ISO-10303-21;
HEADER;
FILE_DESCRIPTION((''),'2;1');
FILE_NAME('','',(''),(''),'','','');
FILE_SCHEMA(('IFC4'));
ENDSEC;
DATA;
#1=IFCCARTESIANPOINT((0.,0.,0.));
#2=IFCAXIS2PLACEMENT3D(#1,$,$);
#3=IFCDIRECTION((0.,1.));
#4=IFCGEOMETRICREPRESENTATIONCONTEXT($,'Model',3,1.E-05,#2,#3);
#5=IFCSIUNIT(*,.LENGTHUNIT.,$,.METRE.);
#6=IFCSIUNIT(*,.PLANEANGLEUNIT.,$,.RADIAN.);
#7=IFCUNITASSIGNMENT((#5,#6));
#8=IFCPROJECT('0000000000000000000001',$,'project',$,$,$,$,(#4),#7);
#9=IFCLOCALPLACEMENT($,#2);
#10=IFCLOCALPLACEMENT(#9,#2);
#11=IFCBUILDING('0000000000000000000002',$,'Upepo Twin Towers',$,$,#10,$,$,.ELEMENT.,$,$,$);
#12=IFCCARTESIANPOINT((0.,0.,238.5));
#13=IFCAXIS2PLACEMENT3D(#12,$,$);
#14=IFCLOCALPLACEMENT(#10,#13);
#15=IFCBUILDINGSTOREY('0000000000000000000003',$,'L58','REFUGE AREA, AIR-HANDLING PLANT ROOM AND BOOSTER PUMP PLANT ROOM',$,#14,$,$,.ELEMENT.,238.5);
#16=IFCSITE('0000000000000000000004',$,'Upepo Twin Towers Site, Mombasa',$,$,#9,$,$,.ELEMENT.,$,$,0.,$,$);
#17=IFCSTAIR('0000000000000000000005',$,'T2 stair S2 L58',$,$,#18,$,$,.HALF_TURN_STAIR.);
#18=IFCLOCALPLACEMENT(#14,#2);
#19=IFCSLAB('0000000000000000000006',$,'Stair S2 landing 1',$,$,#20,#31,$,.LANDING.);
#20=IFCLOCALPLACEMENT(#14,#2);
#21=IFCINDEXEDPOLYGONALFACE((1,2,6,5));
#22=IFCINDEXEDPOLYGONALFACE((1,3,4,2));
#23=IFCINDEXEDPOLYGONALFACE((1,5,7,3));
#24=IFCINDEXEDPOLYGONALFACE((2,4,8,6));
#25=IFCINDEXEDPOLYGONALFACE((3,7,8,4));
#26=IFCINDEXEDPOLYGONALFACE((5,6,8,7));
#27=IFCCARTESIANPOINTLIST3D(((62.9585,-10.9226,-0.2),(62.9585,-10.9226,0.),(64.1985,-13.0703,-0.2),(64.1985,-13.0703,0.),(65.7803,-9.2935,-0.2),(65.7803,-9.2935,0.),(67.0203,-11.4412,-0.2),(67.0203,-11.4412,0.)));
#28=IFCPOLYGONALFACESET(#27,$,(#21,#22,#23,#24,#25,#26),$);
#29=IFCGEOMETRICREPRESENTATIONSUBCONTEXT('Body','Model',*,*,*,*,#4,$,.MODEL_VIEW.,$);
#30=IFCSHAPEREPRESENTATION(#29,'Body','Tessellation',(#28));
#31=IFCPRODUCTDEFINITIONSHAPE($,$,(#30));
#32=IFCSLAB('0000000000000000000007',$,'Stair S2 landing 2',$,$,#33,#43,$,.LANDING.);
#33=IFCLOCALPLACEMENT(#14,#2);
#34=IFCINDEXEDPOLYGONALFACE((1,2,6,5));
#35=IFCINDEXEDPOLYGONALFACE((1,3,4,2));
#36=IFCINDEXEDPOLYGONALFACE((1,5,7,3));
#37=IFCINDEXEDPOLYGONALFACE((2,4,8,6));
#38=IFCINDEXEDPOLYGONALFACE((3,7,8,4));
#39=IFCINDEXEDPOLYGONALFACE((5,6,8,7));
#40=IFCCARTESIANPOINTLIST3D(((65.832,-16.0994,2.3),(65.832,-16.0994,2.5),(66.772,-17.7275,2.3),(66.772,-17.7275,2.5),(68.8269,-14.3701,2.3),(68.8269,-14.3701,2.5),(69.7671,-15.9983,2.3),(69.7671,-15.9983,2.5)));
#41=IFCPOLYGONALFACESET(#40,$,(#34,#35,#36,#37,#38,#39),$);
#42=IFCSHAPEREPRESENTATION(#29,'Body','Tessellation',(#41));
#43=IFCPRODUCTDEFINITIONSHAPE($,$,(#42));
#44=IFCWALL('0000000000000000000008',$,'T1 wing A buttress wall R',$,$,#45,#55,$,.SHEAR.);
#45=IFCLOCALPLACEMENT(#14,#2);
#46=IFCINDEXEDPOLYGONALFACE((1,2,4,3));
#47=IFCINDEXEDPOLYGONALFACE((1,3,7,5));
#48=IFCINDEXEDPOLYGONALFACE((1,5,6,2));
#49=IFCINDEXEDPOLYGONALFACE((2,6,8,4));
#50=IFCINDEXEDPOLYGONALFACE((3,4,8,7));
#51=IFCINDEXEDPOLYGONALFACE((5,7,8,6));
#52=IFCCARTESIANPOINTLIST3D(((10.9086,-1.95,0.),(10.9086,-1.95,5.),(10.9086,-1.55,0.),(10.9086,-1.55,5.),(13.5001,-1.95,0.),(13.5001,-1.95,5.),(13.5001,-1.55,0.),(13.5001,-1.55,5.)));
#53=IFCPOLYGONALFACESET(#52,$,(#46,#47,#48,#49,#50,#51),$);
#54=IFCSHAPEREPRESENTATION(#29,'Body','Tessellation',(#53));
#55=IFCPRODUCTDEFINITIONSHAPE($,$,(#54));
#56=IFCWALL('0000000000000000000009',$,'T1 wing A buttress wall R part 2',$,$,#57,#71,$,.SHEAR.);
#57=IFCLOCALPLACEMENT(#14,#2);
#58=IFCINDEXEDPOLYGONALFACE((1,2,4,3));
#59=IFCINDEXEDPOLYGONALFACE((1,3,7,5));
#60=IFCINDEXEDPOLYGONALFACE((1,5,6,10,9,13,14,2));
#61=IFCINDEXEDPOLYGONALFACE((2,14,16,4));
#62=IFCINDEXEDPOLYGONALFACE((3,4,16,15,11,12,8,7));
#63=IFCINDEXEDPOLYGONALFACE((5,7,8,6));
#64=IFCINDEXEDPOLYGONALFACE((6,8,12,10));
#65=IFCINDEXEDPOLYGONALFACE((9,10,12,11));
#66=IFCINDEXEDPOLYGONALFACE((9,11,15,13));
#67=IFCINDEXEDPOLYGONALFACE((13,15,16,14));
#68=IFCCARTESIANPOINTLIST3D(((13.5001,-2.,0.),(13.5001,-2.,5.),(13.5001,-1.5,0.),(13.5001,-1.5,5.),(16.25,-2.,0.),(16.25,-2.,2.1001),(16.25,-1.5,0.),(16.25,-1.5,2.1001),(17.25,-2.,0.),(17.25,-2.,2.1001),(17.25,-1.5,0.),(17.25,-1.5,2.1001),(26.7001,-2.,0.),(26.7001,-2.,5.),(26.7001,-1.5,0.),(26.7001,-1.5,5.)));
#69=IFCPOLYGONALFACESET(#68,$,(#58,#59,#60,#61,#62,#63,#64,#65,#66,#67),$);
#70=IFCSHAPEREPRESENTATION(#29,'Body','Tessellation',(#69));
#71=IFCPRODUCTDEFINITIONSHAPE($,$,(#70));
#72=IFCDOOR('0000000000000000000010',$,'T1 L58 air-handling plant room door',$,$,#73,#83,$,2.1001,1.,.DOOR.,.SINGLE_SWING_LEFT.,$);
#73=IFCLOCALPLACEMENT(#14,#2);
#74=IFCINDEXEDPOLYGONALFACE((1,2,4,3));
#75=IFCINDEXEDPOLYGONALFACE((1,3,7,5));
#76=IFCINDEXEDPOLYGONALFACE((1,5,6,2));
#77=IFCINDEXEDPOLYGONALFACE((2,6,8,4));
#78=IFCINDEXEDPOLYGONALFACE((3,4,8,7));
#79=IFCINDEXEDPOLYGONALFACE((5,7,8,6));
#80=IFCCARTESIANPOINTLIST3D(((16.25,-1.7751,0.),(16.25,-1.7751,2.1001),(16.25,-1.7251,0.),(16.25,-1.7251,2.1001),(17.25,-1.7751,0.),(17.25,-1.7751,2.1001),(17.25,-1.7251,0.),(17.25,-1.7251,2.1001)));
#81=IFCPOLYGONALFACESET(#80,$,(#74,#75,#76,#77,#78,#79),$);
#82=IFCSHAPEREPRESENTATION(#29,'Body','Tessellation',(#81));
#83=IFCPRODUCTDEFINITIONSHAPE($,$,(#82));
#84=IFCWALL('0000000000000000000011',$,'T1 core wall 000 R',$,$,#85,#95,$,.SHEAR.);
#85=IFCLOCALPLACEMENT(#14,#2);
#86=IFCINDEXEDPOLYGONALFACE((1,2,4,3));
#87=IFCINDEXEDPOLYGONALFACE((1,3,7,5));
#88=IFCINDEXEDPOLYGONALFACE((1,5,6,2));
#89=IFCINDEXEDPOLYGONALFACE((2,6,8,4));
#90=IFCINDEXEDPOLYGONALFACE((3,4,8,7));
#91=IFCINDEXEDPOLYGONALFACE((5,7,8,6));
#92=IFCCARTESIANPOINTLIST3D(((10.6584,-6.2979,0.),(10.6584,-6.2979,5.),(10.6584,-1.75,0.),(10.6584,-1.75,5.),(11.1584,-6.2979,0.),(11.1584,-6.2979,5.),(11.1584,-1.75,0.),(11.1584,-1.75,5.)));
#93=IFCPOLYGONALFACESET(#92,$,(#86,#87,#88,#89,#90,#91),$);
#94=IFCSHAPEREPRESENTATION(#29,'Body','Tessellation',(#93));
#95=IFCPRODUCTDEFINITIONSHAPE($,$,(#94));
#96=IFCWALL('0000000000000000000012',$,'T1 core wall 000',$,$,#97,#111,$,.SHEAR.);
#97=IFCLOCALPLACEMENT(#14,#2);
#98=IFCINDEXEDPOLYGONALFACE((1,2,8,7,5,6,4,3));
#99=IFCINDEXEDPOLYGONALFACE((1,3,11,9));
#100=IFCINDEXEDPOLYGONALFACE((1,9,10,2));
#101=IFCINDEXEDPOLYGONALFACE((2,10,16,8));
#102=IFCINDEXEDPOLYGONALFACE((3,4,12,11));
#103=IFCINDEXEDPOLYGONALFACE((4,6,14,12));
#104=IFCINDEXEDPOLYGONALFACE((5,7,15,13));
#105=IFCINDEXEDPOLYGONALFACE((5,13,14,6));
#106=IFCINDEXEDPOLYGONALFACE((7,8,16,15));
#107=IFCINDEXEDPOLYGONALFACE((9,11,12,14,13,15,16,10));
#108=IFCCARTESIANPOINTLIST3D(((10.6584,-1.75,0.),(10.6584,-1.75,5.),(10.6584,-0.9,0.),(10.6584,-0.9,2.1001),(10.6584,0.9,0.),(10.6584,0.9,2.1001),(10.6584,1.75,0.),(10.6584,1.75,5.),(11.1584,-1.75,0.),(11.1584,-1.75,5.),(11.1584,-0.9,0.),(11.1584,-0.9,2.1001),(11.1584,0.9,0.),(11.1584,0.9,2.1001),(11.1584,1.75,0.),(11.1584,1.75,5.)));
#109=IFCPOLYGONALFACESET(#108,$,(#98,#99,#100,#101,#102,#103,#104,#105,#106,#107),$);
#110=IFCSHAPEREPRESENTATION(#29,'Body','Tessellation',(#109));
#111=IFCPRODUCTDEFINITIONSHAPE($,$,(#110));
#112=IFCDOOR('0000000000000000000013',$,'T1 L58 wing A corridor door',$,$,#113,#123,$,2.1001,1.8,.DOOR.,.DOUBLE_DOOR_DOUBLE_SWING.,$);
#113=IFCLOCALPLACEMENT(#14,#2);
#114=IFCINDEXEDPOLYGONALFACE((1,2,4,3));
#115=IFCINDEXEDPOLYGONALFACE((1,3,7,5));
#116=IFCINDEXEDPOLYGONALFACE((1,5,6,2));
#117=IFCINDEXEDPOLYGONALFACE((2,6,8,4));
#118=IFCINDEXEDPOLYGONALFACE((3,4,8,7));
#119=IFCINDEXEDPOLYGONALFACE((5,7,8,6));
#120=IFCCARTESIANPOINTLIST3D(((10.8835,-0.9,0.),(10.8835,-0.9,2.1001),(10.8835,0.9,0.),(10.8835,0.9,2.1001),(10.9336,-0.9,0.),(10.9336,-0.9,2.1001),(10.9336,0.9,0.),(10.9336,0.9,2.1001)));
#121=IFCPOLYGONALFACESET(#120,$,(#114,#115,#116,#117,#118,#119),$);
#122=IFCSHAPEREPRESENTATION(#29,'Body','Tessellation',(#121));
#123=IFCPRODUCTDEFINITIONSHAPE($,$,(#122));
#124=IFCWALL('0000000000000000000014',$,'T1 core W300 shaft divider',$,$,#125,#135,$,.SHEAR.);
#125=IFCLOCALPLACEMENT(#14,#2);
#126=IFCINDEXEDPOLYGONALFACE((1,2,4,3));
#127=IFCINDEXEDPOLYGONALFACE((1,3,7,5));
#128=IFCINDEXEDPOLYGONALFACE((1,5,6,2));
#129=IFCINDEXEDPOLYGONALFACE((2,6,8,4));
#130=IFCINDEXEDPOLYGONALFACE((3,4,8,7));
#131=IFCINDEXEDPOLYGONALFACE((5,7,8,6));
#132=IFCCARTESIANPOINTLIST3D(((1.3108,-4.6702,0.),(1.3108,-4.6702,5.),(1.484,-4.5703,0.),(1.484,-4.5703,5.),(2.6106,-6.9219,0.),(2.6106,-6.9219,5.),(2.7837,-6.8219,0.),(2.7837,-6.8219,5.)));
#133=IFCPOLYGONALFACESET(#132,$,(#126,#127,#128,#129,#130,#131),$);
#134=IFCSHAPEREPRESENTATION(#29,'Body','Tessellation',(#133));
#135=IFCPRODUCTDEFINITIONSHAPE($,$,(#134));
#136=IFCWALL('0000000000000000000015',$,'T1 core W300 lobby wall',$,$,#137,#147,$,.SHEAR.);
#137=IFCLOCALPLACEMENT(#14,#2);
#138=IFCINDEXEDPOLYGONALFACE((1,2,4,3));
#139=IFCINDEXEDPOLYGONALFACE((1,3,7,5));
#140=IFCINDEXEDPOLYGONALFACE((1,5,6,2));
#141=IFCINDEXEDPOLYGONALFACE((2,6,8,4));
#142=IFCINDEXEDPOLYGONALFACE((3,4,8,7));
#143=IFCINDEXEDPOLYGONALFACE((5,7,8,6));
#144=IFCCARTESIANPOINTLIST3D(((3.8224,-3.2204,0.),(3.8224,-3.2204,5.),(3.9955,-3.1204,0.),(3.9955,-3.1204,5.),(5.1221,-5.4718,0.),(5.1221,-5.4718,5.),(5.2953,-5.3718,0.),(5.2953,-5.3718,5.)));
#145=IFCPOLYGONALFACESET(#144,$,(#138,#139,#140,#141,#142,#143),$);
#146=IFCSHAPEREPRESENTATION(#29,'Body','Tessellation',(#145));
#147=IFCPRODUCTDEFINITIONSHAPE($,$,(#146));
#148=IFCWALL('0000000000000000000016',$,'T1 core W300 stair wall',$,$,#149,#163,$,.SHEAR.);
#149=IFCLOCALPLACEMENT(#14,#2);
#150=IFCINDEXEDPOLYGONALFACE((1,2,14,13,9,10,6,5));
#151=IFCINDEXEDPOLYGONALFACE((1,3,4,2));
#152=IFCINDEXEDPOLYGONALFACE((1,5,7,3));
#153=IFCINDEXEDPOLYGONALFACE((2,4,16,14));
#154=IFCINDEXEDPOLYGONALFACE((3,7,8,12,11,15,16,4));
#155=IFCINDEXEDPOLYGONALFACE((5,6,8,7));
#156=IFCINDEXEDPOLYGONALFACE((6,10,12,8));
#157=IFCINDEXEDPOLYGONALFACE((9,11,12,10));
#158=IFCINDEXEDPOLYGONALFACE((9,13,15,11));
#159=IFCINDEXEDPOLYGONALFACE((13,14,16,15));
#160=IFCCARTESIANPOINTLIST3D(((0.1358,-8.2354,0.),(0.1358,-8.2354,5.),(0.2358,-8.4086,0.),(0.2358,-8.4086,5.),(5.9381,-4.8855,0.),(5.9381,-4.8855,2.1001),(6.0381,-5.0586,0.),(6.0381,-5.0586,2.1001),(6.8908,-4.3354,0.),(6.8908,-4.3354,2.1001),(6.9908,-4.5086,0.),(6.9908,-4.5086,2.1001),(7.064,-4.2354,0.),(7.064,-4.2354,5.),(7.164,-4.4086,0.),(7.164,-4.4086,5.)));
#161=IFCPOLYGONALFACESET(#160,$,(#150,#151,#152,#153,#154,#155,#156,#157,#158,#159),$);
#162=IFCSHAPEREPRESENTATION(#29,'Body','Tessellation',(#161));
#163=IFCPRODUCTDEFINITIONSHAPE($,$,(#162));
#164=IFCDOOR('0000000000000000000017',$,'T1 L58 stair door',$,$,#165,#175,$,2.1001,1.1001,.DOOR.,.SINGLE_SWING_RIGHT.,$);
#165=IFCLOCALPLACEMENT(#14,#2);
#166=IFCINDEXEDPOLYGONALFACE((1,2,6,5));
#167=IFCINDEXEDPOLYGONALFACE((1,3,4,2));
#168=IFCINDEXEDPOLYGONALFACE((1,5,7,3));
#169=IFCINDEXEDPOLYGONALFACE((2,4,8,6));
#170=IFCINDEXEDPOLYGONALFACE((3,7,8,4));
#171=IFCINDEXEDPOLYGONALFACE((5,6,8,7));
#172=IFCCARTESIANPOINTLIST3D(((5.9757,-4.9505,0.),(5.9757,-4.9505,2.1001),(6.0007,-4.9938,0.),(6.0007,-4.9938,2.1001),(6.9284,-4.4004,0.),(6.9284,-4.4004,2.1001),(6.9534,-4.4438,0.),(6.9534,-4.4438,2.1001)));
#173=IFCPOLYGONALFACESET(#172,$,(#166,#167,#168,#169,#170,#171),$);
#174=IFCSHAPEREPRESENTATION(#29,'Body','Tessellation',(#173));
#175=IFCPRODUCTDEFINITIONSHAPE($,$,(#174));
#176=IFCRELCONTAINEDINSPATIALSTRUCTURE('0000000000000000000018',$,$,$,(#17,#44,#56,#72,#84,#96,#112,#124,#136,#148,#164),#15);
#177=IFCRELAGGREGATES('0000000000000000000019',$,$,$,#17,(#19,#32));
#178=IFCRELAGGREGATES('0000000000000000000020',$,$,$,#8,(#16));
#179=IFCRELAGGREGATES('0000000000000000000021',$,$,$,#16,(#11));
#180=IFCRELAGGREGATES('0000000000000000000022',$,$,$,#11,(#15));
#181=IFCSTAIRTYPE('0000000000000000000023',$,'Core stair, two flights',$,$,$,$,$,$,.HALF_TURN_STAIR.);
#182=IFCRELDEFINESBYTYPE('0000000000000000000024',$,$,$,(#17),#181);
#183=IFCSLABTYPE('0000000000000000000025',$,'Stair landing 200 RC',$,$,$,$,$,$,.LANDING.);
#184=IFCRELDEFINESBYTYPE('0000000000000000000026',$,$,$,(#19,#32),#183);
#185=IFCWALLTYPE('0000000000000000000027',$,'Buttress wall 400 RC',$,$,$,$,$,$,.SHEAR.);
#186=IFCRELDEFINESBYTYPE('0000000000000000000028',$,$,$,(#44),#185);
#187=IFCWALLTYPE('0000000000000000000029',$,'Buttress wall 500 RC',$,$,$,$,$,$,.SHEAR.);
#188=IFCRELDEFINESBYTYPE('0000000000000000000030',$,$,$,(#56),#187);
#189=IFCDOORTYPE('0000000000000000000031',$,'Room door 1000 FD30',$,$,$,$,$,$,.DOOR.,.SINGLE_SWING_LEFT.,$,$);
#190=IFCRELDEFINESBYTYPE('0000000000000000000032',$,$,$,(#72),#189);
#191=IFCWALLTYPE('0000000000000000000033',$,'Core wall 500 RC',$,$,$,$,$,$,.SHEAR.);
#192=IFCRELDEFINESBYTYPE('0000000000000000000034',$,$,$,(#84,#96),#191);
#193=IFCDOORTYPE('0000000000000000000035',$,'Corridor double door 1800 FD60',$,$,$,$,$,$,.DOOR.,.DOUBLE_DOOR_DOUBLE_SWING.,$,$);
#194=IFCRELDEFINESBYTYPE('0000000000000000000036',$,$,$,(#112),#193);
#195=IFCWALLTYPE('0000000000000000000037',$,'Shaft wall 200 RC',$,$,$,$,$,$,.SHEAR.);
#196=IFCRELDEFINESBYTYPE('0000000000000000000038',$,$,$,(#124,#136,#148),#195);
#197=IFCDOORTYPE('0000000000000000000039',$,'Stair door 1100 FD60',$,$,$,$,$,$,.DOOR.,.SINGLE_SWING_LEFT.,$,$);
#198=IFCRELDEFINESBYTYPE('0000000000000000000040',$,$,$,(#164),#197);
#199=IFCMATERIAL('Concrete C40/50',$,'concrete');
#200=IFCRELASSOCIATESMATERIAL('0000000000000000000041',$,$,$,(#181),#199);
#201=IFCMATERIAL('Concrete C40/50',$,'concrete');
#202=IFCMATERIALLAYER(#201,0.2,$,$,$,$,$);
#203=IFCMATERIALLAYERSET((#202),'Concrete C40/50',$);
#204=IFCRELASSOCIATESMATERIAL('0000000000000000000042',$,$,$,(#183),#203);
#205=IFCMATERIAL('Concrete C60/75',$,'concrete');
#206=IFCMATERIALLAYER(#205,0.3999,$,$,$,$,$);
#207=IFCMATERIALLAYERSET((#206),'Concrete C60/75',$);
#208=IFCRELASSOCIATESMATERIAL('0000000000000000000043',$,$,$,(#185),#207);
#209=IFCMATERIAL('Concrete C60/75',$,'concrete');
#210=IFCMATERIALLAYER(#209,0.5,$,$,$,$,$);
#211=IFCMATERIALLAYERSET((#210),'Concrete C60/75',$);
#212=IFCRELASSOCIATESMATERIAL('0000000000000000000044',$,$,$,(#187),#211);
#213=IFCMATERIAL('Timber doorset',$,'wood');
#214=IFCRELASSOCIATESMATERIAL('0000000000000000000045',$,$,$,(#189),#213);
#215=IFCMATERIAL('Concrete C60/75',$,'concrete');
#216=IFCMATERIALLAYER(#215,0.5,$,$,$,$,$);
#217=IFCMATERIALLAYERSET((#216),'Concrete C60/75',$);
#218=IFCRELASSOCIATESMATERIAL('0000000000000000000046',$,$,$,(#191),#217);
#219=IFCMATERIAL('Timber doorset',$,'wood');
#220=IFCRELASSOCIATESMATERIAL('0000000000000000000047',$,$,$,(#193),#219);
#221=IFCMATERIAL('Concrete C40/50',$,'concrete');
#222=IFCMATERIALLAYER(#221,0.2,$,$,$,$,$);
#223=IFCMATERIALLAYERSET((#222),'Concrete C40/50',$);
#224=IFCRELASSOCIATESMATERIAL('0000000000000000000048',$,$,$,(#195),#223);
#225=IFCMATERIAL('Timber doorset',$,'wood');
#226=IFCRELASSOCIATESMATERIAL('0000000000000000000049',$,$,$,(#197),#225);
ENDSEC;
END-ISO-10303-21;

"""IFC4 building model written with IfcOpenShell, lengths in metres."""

from ifc_helpers import new_model, si_unit, direction, frame, frame_2d, origin, place, context, subcontext, project, spatial, polyline, rectangle, outline, extrude, material, layer, layer_set, type_object, element, fill, aggregate, save


model = new_model("IFC4")

# Units and contexts
model_context = context("Model", 3, precision=1e-05, world=origin(), true_north=direction((0.0, 1.0)))
body_context = subcontext(model_context, "Body", "Model", "MODEL_VIEW")
ifc_project = project(units=[si_unit("LENGTHUNIT", "METRE"), si_unit("PLANEANGLEUNIT", "RADIAN")], contexts=[model_context])

# Site, building, storey
site_placement = place(None, origin())
site = spatial("IfcSite", under=ifc_project, at=site_placement, Name="Upepo Twin Towers Site, Mombasa", CompositionType="ELEMENT", RefElevation=0.0)
building_placement = place(site_placement, origin())
building = spatial("IfcBuilding", under=site, at=building_placement, Name="Upepo Twin Towers", CompositionType="ELEMENT")
storey_placement = place(building_placement, frame((0.0, 0.0, 238.5)))
storey = spatial("IfcBuildingStorey", under=building, at=storey_placement, Name="L58", Description="REFUGE AREA, AIR-HANDLING PLANT ROOM AND BOOSTER PUMP PLANT ROOM", CompositionType="ELEMENT", Elevation=238.5)

# Stair, slabs
ifc_material_1 = material(Name="Concrete C40/50", Category="concrete")
stair_type = type_object("IfcStairType", Name="Core stair, two flights", PredefinedType="HALF_TURN_STAIR", material=ifc_material_1)
stair_1_placement = place(storey_placement, origin())
stair_1 = element("IfcStair", 1, at=stair_1_placement, inside=storey, type_object=stair_type, Name="T2 stair S2 L58", PredefinedType="HALF_TURN_STAIR")
ifc_material_2 = material(Name="Concrete C40/50", Category="concrete")
ifc_layer_1 = layer(ifc_material_2, 0.2)
ifc_layer_set_1 = layer_set([ifc_layer_1], Name="Concrete C40/50")
slab_type_1 = type_object("IfcSlabType", Name="Stair landing 200 RC", PredefinedType="LANDING", material=ifc_layer_set_1)
slab_1_placement = place(storey_placement, frame((0.0, 0.0, -0.2)))
slab_1 = element("IfcSlab", 2, at=slab_1_placement, type_object=slab_type_1, Name="Stair S2 landing 1", PredefinedType="LANDING", context=body_context, shape_type="SweptSolid", body=[
    extrude(outline(polyline([(64.1985, -13.0703), (67.0203, -11.4412), (65.7803, -9.2935), (62.9585, -10.9226), (64.1985, -13.0703)])), origin(), (0.0, 0.0, 1.0), 0.2),
])
slab_2_placement = place(storey_placement, frame((0.0, 0.0, 2.3)))
slab_2 = element("IfcSlab", 3, at=slab_2_placement, type_object=slab_type_1, Name="Stair S2 landing 2", PredefinedType="LANDING", context=body_context, shape_type="SweptSolid", body=[
    extrude(outline(polyline([(66.772, -17.7275), (69.7671, -15.9983), (68.8269, -14.3701), (65.832, -16.0994), (66.772, -17.7275)])), origin(), (0.0, 0.0, 1.0), 0.2),
])
aggregate(stair_1, [slab_1, slab_2])

# Wall
ifc_material_3 = material(Name="Concrete C60/75", Category="concrete")
ifc_layer_2 = layer(ifc_material_3, 0.3999)
ifc_layer_set_2 = layer_set([ifc_layer_2], Name="Concrete C60/75")
wall_type_1 = type_object("IfcWallType", Name="Buttress wall 400 RC", PredefinedType="SHEAR", material=ifc_layer_set_2)
wall_1_placement = place(storey_placement, frame((10.9084, -1.75, 0.0), z_axis=(0.0, 0.0, 1.0), x_axis=(1.0, 0.0, 0.0)))
element("IfcWall", 4, at=wall_1_placement, inside=storey, type_object=wall_type_1, Name="T1 wing A buttress wall R", PredefinedType="SHEAR", context=body_context, shape_type="SweptSolid", body=[
    extrude(rectangle(XDim=2.5916, YDim=0.3999, at=frame_2d((1.2959, 0.0))), origin(), (0.0, 0.0, 1.0), 5.0),
])

# Wall, opening, door
ifc_material_4 = material(Name="Concrete C60/75", Category="concrete")
ifc_layer_3 = layer(ifc_material_4, 0.5)
ifc_layer_set_3 = layer_set([ifc_layer_3], Name="Concrete C60/75")
wall_type_2 = type_object("IfcWallType", Name="Buttress wall 500 RC", PredefinedType="SHEAR", material=ifc_layer_set_3)
wall_2_placement = place(storey_placement, frame((13.5, -1.75, 0.0), z_axis=(0.0, 0.0, 1.0), x_axis=(1.0, 0.0, 0.0)))
wall_2 = element("IfcWall", 5, at=wall_2_placement, inside=storey, type_object=wall_type_2, Name="T1 wing A buttress wall R part 2", PredefinedType="SHEAR", context=body_context, shape_type="SweptSolid", body=[
    extrude(rectangle(XDim=13.2, YDim=0.5, at=frame_2d((6.6001, 0.0))), origin(), (0.0, 0.0, 1.0), 5.0),
])
opening_1_placement = place(wall_2_placement, frame((2.75, 0.0, 0.0)))
opening_1 = element("IfcOpeningElement", 6, at=opening_1_placement, cuts=wall_2, PredefinedType="OPENING", context=body_context, shape_type="SweptSolid", body=[
    extrude(rectangle(XDim=1.0, YDim=2.1001, at=frame_2d((0.5, 1.05))), frame((0.0, 0.26, 0.0), z_axis=(0.0, -1.0, 0.0), x_axis=(1.0, 0.0, 0.0)), (0.0, 0.0, 1.0), 0.52),
])
ifc_material_5 = material(Name="Timber doorset", Category="wood")
door_type_1 = type_object("IfcDoorType", Name="Room door 1000 FD30", OperationType="SINGLE_SWING_LEFT", PredefinedType="DOOR", material=ifc_material_5)
door_1_placement = place(opening_1_placement, origin())
door_1 = element("IfcDoor", 7, at=door_1_placement, inside=storey, type_object=door_type_1, Name="T1 L58 air-handling plant room door", OperationType="SINGLE_SWING_LEFT", OverallHeight=2.1001, OverallWidth=1.0, PredefinedType="DOOR", context=body_context, shape_type="SweptSolid", body=[
    extrude(rectangle(XDim=1.0, YDim=2.1001, at=frame_2d((0.5, 1.05))), frame((0.0, 0.0249, 0.0), z_axis=(0.0, -1.0, 0.0), x_axis=(1.0, 0.0, 0.0)), (0.0, 0.0, 1.0), 0.05),
])
fill(opening_1, door_1)

# Wall
ifc_material_6 = material(Name="Concrete C60/75", Category="concrete")
ifc_layer_4 = layer(ifc_material_6, 0.5)
ifc_layer_set_4 = layer_set([ifc_layer_4], Name="Concrete C60/75")
wall_type_3 = type_object("IfcWallType", Name="Core wall 500 RC", PredefinedType="SHEAR", material=ifc_layer_set_4)
wall_3_placement = place(storey_placement, frame((10.9084, -6.2979, 0.0), z_axis=(0.0, 0.0, 1.0), x_axis=(0.0, 1.0, 0.0)))
element("IfcWall", 8, at=wall_3_placement, inside=storey, type_object=wall_type_3, Name="T1 core wall 000 R", PredefinedType="SHEAR", context=body_context, shape_type="SweptSolid", body=[
    extrude(rectangle(XDim=4.5479, YDim=0.5, at=frame_2d((2.2739, 0.0))), origin(), (0.0, 0.0, 1.0), 5.0),
])

# Wall, opening, door
wall_4_placement = place(storey_placement, frame((10.9084, -1.75, 0.0), z_axis=(0.0, 0.0, 1.0), x_axis=(0.0, 1.0, 0.0)))
wall_4 = element("IfcWall", 9, at=wall_4_placement, inside=storey, type_object=wall_type_3, Name="T1 core wall 000", PredefinedType="SHEAR", context=body_context, shape_type="SweptSolid", body=[
    extrude(rectangle(XDim=3.5, YDim=0.5, at=frame_2d((1.75, 0.0))), origin(), (0.0, 0.0, 1.0), 5.0),
])
opening_2_placement = place(wall_4_placement, frame((0.8501, 0.0, 0.0)))
opening_2 = element("IfcOpeningElement", 10, at=opening_2_placement, cuts=wall_4, PredefinedType="OPENING", context=body_context, shape_type="SweptSolid", body=[
    extrude(rectangle(XDim=1.8, YDim=2.1001, at=frame_2d((0.8999, 1.05))), frame((0.0, 0.26, 0.0), z_axis=(0.0, -1.0, 0.0), x_axis=(1.0, 0.0, 0.0)), (0.0, 0.0, 1.0), 0.52),
])
ifc_material_7 = material(Name="Timber doorset", Category="wood")
door_type_2 = type_object("IfcDoorType", Name="Corridor double door 1800 FD60", OperationType="DOUBLE_DOOR_DOUBLE_SWING", PredefinedType="DOOR", material=ifc_material_7)
door_2_placement = place(opening_2_placement, origin())
door_2 = element("IfcDoor", 11, at=door_2_placement, inside=storey, type_object=door_type_2, Name="T1 L58 wing A corridor door", OperationType="DOUBLE_DOOR_DOUBLE_SWING", OverallHeight=2.1001, OverallWidth=1.8, PredefinedType="DOOR", context=body_context, shape_type="SweptSolid", body=[
    extrude(rectangle(XDim=1.8, YDim=2.1001, at=frame_2d((0.8999, 1.05))), frame((0.0, 0.0249, 0.0), z_axis=(0.0, -1.0, 0.0), x_axis=(1.0, 0.0, 0.0)), (0.0, 0.0, 1.0), 0.05),
])
fill(opening_2, door_2)

# Walls
ifc_material_8 = material(Name="Concrete C40/50", Category="concrete")
ifc_layer_5 = layer(ifc_material_8, 0.2)
ifc_layer_set_5 = layer_set([ifc_layer_5], Name="Concrete C40/50")
wall_type_4 = type_object("IfcWallType", Name="Shaft wall 200 RC", PredefinedType="SHEAR", material=ifc_layer_set_5)
wall_5_placement = place(storey_placement, frame((1.3975, -4.6204, 0.0), z_axis=(0.0, 0.0, 1.0), x_axis=(0.499937, -0.866062, 0.0)))
element("IfcWall", 12, at=wall_5_placement, inside=storey, type_object=wall_type_4, Name="T1 core W300 shaft divider", PredefinedType="SHEAR", context=body_context, shape_type="SweptSolid", body=[
    extrude(rectangle(XDim=2.5999, YDim=0.2, at=frame_2d((1.2998, 0.0))), origin(), (0.0, 0.0, 1.0), 5.0),
])
wall_6_placement = place(storey_placement, frame((3.9089, -3.1704, 0.0), z_axis=(0.0, 0.0, 1.0), x_axis=(0.499977, -0.866039, 0.0)))
element("IfcWall", 13, at=wall_6_placement, inside=storey, type_object=wall_type_4, Name="T1 core W300 lobby wall", PredefinedType="SHEAR", context=body_context, shape_type="SweptSolid", body=[
    extrude(rectangle(XDim=2.5996, YDim=0.2, at=frame_2d((1.2998, 0.0))), origin(), (0.0, 0.0, 1.0), 5.0),
])

# Wall, opening, door
wall_7_placement = place(storey_placement, frame((0.1858, -8.322, 0.0), z_axis=(0.0, 0.0, 1.0), x_axis=(0.866026, 0.499999, 0.0)))
wall_7 = element("IfcWall", 14, at=wall_7_placement, inside=storey, type_object=wall_type_4, Name="T1 core W300 stair wall", PredefinedType="SHEAR", context=body_context, shape_type="SweptSolid", body=[
    extrude(rectangle(XDim=8.0, YDim=0.2, at=frame_2d((4.0, 0.0))), origin(), (0.0, 0.0, 1.0), 5.0),
])
opening_3_placement = place(wall_7_placement, frame((6.7, 0.0, 0.0)))
opening_3 = element("IfcOpeningElement", 15, at=opening_3_placement, cuts=wall_7, PredefinedType="OPENING", context=body_context, shape_type="SweptSolid", body=[
    extrude(rectangle(XDim=1.1001, YDim=2.1001, at=frame_2d((0.55, 1.05))), frame((0.0, 0.1099, 0.0), z_axis=(0.0, -1.0, 0.0), x_axis=(1.0, 0.0, 0.0)), (0.0, 0.0, 1.0), 0.22),
])
ifc_material_9 = material(Name="Timber doorset", Category="wood")
door_type_3 = type_object("IfcDoorType", Name="Stair door 1100 FD60", OperationType="SINGLE_SWING_LEFT", PredefinedType="DOOR", material=ifc_material_9)
door_3_placement = place(opening_3_placement, origin())
door_3 = element("IfcDoor", 16, at=door_3_placement, inside=storey, type_object=door_type_3, Name="T1 L58 stair door", OperationType="SINGLE_SWING_RIGHT", OverallHeight=2.1001, OverallWidth=1.1001, PredefinedType="DOOR", context=body_context, shape_type="SweptSolid", body=[
    extrude(rectangle(XDim=1.1001, YDim=2.1001, at=frame_2d((0.55, 1.05))), frame((0.0, 0.0249, 0.0), z_axis=(0.0, -1.0, 0.0), x_axis=(1.0, 0.0, 0.0)), (0.0, 0.0, 1.0), 0.05),
])
fill(opening_3, door_3)

save(model, "model.ifc")
